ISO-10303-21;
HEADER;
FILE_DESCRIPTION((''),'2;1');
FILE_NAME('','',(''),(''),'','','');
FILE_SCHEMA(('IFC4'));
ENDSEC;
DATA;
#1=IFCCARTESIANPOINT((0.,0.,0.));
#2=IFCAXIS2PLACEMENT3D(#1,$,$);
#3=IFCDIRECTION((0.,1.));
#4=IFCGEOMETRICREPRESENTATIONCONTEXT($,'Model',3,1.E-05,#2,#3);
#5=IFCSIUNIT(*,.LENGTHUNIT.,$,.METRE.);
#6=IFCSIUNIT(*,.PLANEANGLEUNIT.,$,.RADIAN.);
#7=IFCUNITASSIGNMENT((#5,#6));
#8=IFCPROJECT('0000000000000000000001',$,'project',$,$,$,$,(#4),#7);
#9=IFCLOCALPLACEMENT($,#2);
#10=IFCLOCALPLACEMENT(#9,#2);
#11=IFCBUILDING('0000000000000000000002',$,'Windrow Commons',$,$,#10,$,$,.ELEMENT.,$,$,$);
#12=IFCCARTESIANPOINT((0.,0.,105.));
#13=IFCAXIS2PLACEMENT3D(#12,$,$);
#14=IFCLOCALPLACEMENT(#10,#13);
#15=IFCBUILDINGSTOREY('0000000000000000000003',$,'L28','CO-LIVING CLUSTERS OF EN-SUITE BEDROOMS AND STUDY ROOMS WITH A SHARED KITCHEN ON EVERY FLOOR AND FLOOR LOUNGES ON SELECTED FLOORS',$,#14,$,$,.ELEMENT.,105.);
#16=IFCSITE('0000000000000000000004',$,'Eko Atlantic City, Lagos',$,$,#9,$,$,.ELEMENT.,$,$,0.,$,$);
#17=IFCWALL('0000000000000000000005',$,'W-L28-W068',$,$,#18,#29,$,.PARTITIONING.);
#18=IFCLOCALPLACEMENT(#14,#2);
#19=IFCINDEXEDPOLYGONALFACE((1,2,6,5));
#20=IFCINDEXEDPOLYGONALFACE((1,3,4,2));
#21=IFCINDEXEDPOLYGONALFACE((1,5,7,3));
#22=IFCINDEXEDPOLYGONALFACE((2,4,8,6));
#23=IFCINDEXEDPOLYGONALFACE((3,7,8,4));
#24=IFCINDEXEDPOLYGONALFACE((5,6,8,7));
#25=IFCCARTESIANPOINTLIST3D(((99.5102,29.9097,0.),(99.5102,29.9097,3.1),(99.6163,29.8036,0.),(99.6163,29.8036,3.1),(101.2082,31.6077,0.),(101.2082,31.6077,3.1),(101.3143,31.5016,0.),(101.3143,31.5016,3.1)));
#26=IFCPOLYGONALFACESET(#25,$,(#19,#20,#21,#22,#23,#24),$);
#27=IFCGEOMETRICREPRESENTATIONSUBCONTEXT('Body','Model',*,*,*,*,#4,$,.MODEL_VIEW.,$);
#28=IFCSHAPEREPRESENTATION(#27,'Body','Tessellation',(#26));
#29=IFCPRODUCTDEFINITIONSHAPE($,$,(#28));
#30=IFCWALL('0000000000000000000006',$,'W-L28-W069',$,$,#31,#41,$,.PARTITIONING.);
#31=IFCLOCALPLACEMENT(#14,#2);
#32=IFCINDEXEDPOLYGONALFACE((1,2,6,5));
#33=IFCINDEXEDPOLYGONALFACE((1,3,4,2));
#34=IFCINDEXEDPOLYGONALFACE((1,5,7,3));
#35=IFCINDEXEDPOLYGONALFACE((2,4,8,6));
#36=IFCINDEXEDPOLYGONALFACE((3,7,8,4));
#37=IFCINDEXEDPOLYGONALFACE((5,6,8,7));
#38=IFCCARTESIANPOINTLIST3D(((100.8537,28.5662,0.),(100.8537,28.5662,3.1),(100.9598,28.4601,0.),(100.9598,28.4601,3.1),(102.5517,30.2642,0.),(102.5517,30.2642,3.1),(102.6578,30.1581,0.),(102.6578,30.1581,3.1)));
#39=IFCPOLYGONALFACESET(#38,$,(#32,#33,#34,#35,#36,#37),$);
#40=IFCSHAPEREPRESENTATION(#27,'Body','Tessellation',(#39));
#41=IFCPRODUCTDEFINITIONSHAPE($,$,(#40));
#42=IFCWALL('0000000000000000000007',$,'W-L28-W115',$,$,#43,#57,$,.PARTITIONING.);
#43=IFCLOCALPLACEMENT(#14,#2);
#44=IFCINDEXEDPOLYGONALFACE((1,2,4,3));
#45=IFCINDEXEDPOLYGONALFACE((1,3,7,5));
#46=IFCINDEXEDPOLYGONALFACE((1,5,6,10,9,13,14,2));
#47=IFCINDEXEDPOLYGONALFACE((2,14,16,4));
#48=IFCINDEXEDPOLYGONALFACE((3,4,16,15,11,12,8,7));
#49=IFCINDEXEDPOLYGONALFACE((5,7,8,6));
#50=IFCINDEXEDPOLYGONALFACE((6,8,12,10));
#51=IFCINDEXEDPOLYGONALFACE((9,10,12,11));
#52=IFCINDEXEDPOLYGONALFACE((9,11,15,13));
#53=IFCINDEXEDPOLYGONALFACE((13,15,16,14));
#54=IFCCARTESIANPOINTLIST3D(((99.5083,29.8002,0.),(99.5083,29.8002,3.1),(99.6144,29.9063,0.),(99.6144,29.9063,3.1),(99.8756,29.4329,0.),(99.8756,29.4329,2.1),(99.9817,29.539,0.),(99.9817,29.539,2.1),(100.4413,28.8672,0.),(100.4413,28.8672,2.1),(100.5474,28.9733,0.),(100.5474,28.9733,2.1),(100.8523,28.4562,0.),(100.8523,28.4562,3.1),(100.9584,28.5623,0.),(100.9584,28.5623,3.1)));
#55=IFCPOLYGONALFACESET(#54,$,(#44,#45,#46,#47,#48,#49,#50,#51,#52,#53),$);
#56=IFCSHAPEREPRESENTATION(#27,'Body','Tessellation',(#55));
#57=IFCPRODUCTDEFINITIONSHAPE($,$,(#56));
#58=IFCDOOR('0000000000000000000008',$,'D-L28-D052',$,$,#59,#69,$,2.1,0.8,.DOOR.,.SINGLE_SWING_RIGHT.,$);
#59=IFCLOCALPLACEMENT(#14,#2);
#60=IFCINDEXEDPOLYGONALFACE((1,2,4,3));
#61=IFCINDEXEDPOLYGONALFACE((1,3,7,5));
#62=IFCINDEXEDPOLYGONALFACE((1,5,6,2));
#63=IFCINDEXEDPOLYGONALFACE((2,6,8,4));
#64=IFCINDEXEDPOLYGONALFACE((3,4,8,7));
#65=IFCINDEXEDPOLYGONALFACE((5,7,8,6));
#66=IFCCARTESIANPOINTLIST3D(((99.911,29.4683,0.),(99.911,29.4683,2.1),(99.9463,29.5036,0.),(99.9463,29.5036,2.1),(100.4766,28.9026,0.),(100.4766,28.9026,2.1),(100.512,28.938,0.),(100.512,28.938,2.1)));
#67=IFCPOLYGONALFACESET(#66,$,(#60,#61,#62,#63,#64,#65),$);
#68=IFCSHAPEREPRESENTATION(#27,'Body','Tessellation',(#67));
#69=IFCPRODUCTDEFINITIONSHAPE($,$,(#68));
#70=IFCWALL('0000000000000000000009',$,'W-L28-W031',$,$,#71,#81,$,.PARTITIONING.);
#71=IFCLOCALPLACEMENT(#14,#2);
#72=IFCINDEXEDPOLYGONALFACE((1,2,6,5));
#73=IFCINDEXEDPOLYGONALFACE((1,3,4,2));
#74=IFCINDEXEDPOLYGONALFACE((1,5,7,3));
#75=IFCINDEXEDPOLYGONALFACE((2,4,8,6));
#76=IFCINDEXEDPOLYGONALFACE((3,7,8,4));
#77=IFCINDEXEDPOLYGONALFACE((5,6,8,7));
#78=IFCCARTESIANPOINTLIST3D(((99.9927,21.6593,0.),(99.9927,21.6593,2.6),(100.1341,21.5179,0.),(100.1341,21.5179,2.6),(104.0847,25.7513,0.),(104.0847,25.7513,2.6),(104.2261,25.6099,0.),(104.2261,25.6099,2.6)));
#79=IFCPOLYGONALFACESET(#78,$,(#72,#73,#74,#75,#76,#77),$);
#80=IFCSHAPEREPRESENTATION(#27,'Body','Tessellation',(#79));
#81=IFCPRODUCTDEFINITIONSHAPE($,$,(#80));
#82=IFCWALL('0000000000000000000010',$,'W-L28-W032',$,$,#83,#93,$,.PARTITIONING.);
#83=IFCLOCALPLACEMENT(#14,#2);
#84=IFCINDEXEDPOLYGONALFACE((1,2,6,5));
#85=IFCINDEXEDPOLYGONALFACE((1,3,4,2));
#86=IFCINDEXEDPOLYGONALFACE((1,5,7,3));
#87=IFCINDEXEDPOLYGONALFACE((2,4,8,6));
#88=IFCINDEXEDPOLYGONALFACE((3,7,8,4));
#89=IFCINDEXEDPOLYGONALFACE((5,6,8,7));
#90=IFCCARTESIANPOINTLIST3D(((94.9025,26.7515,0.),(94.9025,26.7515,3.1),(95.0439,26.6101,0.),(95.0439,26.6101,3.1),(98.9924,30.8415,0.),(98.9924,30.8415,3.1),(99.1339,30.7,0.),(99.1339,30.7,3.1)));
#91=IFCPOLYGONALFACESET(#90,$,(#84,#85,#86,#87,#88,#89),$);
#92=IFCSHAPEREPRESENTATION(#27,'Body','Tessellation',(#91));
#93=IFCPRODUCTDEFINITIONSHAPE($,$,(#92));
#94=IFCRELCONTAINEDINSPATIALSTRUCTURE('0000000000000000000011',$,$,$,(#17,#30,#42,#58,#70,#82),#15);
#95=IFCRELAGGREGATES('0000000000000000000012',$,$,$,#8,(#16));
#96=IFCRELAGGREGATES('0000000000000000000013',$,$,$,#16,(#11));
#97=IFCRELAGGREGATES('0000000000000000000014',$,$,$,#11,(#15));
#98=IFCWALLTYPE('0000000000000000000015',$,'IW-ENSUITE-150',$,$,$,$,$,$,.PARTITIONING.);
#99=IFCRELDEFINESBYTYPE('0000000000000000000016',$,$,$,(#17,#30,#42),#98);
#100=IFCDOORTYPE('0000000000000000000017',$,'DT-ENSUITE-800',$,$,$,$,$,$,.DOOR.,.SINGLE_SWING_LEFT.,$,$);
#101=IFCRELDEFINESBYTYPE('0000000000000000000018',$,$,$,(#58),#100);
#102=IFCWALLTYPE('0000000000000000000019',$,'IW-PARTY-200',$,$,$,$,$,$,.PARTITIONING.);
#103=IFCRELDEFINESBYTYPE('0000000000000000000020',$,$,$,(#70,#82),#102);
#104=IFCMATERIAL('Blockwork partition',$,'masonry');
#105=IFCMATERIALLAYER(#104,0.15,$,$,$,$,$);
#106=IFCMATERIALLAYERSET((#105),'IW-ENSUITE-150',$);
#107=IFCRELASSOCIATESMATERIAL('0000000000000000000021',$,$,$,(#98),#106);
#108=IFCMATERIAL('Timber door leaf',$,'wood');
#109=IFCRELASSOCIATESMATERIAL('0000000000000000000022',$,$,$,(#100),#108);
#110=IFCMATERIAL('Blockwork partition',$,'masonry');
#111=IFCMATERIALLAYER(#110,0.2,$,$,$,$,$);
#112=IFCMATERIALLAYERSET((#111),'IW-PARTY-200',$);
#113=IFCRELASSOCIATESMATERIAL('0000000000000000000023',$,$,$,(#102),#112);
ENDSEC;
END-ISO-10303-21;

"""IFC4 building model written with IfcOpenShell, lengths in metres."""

from ifc_helpers import new_model, si_unit, direction, frame, frame_2d, origin, place, context, subcontext, project, spatial, rectangle, extrude, material, layer, layer_set, type_object, element, fill, save


model = new_model("IFC4")

# Units and contexts
model_context = context("Model", 3, precision=1e-05, world=origin(), true_north=direction((0.0, 1.0)))
body_context = subcontext(model_context, "Body", "Model", "MODEL_VIEW")
ifc_project = project(units=[si_unit("LENGTHUNIT", "METRE"), si_unit("PLANEANGLEUNIT", "RADIAN")], contexts=[model_context])

# Site, building, storey
site_placement = place(None, origin())
site = spatial("IfcSite", under=ifc_project, at=site_placement, Name="Eko Atlantic City, Lagos", CompositionType="ELEMENT", RefElevation=0.0)
building_placement = place(site_placement, origin())
building = spatial("IfcBuilding", under=site, at=building_placement, Name="Windrow Commons", CompositionType="ELEMENT")
storey_placement = place(building_placement, frame((0.0, 0.0, 105.0)))
storey = spatial("IfcBuildingStorey", under=building, at=storey_placement, Name="L28", Description="CO-LIVING CLUSTERS OF EN-SUITE BEDROOMS AND STUDY ROOMS WITH A SHARED KITCHEN ON EVERY FLOOR AND FLOOR LOUNGES ON SELECTED FLOORS", CompositionType="ELEMENT", Elevation=105.0)

# Walls
ifc_material_1 = material(Name="Blockwork partition", Category="masonry")
ifc_layer_1 = layer(ifc_material_1, 0.15)
ifc_layer_set_1 = layer_set([ifc_layer_1], Name="IW-ENSUITE-150")
wall_type_1 = type_object("IfcWallType", Name="IW-ENSUITE-150", PredefinedType="PARTITIONING", material=ifc_layer_set_1)
for number, where, z_axis, x_axis, name in (
    (1, (99.5633, 29.8567, 0.0), (0.0, 0.0, 1.0), (0.707107, 0.707107, 0.0), "W-L28-W068"),
    (2, (100.9068, 28.5132, 0.0), (0.0, 0.0, 1.0), (0.707107, 0.707107, 0.0), "W-L28-W069"),
):
    element("IfcWall", number, at=place(storey_placement, frame(where, z_axis=z_axis, x_axis=x_axis)), inside=storey, type_object=wall_type_1, Name=name, PredefinedType="PARTITIONING", context=body_context, shape_type="SweptSolid", body=[
        extrude(rectangle(XDim=2.4013, YDim=0.15, at=frame_2d((1.2006, 0.0))), origin(), (0.0, 0.0, 1.0), 3.1),
    ])

# Wall, opening, door
wall_1_placement = place(storey_placement, frame((99.5613, 29.8533, 0.0), z_axis=(0.0, 0.0, 1.0), x_axis=(0.707107, -0.707107, 0.0)))
wall_1 = element("IfcWall", 3, at=wall_1_placement, inside=storey, type_object=wall_type_1, Name="W-L28-W115", PredefinedType="PARTITIONING", context=body_context, shape_type="SweptSolid", body=[
    extrude(rectangle(XDim=1.9007, YDim=0.15, at=frame_2d((0.9504, 0.0))), origin(), (0.0, 0.0, 1.0), 3.1),
])
opening_1_placement = place(wall_1_placement, frame((0.5195, 0.0, 0.0)))
opening_1 = element("IfcOpeningElement", 4, at=opening_1_placement, cuts=wall_1, PredefinedType="OPENING", context=body_context, shape_type="SweptSolid", body=[
    extrude(rectangle(XDim=0.8, YDim=2.1, at=frame_2d((0.4, 1.05))), frame((0.0, 0.085, 0.0), z_axis=(0.0, -1.0, 0.0), x_axis=(1.0, 0.0, 0.0)), (0.0, 0.0, 1.0), 0.17),
])
ifc_material_2 = material(Name="Timber door leaf", Category="wood")
door_type = type_object("IfcDoorType", Name="DT-ENSUITE-800", OperationType="SINGLE_SWING_LEFT", PredefinedType="DOOR", material=ifc_material_2)
door_placement = place(opening_1_placement, origin())
door = element("IfcDoor", 5, at=door_placement, inside=storey, type_object=door_type, Name="D-L28-D052", OperationType="SINGLE_SWING_RIGHT", OverallHeight=2.1, OverallWidth=0.8, PredefinedType="DOOR", context=body_context, shape_type="SweptSolid", body=[
    extrude(rectangle(XDim=0.8, YDim=2.1, at=frame_2d((0.4, 1.05))), frame((0.0, 0.025, 0.0), z_axis=(0.0, -1.0, 0.0), x_axis=(1.0, 0.0, 0.0)), (0.0, 0.0, 1.0), 0.05),
])
fill(opening_1, door)

# Walls
ifc_material_3 = material(Name="Blockwork partition", Category="masonry")
ifc_layer_2 = layer(ifc_material_3, 0.2)
ifc_layer_set_2 = layer_set([ifc_layer_2], Name="IW-PARTY-200")
wall_type_2 = type_object("IfcWallType", Name="IW-PARTY-200", PredefinedType="PARTITIONING", material=ifc_layer_set_2)
wall_2_placement = place(storey_placement, frame((100.0634, 21.5886, 0.0), z_axis=(0.0, 0.0, 1.0), x_axis=(0.707107, 0.707107, 0.0)))
element("IfcWall", 6, at=wall_2_placement, inside=storey, type_object=wall_type_2, Name="W-L28-W031", PredefinedType="PARTITIONING", context=body_context, shape_type="SweptSolid", body=[
    extrude(rectangle(XDim=5.787, YDim=0.2, at=frame_2d((2.8935, 0.0))), origin(), (0.0, 0.0, 1.0), 2.6),
])
wall_3_placement = place(storey_placement, frame((94.9732, 26.6808, 0.0), z_axis=(0.0, 0.0, 1.0), x_axis=(0.707107, 0.707107, 0.0)))
element("IfcWall", 7, at=wall_3_placement, inside=storey, type_object=wall_type_2, Name="W-L28-W032", PredefinedType="PARTITIONING", context=body_context, shape_type="SweptSolid", body=[
    extrude(rectangle(XDim=5.7841, YDim=0.2, at=frame_2d((2.892, 0.0))), origin(), (0.0, 0.0, 1.0), 3.1),
])

save(model, "model.ifc")
